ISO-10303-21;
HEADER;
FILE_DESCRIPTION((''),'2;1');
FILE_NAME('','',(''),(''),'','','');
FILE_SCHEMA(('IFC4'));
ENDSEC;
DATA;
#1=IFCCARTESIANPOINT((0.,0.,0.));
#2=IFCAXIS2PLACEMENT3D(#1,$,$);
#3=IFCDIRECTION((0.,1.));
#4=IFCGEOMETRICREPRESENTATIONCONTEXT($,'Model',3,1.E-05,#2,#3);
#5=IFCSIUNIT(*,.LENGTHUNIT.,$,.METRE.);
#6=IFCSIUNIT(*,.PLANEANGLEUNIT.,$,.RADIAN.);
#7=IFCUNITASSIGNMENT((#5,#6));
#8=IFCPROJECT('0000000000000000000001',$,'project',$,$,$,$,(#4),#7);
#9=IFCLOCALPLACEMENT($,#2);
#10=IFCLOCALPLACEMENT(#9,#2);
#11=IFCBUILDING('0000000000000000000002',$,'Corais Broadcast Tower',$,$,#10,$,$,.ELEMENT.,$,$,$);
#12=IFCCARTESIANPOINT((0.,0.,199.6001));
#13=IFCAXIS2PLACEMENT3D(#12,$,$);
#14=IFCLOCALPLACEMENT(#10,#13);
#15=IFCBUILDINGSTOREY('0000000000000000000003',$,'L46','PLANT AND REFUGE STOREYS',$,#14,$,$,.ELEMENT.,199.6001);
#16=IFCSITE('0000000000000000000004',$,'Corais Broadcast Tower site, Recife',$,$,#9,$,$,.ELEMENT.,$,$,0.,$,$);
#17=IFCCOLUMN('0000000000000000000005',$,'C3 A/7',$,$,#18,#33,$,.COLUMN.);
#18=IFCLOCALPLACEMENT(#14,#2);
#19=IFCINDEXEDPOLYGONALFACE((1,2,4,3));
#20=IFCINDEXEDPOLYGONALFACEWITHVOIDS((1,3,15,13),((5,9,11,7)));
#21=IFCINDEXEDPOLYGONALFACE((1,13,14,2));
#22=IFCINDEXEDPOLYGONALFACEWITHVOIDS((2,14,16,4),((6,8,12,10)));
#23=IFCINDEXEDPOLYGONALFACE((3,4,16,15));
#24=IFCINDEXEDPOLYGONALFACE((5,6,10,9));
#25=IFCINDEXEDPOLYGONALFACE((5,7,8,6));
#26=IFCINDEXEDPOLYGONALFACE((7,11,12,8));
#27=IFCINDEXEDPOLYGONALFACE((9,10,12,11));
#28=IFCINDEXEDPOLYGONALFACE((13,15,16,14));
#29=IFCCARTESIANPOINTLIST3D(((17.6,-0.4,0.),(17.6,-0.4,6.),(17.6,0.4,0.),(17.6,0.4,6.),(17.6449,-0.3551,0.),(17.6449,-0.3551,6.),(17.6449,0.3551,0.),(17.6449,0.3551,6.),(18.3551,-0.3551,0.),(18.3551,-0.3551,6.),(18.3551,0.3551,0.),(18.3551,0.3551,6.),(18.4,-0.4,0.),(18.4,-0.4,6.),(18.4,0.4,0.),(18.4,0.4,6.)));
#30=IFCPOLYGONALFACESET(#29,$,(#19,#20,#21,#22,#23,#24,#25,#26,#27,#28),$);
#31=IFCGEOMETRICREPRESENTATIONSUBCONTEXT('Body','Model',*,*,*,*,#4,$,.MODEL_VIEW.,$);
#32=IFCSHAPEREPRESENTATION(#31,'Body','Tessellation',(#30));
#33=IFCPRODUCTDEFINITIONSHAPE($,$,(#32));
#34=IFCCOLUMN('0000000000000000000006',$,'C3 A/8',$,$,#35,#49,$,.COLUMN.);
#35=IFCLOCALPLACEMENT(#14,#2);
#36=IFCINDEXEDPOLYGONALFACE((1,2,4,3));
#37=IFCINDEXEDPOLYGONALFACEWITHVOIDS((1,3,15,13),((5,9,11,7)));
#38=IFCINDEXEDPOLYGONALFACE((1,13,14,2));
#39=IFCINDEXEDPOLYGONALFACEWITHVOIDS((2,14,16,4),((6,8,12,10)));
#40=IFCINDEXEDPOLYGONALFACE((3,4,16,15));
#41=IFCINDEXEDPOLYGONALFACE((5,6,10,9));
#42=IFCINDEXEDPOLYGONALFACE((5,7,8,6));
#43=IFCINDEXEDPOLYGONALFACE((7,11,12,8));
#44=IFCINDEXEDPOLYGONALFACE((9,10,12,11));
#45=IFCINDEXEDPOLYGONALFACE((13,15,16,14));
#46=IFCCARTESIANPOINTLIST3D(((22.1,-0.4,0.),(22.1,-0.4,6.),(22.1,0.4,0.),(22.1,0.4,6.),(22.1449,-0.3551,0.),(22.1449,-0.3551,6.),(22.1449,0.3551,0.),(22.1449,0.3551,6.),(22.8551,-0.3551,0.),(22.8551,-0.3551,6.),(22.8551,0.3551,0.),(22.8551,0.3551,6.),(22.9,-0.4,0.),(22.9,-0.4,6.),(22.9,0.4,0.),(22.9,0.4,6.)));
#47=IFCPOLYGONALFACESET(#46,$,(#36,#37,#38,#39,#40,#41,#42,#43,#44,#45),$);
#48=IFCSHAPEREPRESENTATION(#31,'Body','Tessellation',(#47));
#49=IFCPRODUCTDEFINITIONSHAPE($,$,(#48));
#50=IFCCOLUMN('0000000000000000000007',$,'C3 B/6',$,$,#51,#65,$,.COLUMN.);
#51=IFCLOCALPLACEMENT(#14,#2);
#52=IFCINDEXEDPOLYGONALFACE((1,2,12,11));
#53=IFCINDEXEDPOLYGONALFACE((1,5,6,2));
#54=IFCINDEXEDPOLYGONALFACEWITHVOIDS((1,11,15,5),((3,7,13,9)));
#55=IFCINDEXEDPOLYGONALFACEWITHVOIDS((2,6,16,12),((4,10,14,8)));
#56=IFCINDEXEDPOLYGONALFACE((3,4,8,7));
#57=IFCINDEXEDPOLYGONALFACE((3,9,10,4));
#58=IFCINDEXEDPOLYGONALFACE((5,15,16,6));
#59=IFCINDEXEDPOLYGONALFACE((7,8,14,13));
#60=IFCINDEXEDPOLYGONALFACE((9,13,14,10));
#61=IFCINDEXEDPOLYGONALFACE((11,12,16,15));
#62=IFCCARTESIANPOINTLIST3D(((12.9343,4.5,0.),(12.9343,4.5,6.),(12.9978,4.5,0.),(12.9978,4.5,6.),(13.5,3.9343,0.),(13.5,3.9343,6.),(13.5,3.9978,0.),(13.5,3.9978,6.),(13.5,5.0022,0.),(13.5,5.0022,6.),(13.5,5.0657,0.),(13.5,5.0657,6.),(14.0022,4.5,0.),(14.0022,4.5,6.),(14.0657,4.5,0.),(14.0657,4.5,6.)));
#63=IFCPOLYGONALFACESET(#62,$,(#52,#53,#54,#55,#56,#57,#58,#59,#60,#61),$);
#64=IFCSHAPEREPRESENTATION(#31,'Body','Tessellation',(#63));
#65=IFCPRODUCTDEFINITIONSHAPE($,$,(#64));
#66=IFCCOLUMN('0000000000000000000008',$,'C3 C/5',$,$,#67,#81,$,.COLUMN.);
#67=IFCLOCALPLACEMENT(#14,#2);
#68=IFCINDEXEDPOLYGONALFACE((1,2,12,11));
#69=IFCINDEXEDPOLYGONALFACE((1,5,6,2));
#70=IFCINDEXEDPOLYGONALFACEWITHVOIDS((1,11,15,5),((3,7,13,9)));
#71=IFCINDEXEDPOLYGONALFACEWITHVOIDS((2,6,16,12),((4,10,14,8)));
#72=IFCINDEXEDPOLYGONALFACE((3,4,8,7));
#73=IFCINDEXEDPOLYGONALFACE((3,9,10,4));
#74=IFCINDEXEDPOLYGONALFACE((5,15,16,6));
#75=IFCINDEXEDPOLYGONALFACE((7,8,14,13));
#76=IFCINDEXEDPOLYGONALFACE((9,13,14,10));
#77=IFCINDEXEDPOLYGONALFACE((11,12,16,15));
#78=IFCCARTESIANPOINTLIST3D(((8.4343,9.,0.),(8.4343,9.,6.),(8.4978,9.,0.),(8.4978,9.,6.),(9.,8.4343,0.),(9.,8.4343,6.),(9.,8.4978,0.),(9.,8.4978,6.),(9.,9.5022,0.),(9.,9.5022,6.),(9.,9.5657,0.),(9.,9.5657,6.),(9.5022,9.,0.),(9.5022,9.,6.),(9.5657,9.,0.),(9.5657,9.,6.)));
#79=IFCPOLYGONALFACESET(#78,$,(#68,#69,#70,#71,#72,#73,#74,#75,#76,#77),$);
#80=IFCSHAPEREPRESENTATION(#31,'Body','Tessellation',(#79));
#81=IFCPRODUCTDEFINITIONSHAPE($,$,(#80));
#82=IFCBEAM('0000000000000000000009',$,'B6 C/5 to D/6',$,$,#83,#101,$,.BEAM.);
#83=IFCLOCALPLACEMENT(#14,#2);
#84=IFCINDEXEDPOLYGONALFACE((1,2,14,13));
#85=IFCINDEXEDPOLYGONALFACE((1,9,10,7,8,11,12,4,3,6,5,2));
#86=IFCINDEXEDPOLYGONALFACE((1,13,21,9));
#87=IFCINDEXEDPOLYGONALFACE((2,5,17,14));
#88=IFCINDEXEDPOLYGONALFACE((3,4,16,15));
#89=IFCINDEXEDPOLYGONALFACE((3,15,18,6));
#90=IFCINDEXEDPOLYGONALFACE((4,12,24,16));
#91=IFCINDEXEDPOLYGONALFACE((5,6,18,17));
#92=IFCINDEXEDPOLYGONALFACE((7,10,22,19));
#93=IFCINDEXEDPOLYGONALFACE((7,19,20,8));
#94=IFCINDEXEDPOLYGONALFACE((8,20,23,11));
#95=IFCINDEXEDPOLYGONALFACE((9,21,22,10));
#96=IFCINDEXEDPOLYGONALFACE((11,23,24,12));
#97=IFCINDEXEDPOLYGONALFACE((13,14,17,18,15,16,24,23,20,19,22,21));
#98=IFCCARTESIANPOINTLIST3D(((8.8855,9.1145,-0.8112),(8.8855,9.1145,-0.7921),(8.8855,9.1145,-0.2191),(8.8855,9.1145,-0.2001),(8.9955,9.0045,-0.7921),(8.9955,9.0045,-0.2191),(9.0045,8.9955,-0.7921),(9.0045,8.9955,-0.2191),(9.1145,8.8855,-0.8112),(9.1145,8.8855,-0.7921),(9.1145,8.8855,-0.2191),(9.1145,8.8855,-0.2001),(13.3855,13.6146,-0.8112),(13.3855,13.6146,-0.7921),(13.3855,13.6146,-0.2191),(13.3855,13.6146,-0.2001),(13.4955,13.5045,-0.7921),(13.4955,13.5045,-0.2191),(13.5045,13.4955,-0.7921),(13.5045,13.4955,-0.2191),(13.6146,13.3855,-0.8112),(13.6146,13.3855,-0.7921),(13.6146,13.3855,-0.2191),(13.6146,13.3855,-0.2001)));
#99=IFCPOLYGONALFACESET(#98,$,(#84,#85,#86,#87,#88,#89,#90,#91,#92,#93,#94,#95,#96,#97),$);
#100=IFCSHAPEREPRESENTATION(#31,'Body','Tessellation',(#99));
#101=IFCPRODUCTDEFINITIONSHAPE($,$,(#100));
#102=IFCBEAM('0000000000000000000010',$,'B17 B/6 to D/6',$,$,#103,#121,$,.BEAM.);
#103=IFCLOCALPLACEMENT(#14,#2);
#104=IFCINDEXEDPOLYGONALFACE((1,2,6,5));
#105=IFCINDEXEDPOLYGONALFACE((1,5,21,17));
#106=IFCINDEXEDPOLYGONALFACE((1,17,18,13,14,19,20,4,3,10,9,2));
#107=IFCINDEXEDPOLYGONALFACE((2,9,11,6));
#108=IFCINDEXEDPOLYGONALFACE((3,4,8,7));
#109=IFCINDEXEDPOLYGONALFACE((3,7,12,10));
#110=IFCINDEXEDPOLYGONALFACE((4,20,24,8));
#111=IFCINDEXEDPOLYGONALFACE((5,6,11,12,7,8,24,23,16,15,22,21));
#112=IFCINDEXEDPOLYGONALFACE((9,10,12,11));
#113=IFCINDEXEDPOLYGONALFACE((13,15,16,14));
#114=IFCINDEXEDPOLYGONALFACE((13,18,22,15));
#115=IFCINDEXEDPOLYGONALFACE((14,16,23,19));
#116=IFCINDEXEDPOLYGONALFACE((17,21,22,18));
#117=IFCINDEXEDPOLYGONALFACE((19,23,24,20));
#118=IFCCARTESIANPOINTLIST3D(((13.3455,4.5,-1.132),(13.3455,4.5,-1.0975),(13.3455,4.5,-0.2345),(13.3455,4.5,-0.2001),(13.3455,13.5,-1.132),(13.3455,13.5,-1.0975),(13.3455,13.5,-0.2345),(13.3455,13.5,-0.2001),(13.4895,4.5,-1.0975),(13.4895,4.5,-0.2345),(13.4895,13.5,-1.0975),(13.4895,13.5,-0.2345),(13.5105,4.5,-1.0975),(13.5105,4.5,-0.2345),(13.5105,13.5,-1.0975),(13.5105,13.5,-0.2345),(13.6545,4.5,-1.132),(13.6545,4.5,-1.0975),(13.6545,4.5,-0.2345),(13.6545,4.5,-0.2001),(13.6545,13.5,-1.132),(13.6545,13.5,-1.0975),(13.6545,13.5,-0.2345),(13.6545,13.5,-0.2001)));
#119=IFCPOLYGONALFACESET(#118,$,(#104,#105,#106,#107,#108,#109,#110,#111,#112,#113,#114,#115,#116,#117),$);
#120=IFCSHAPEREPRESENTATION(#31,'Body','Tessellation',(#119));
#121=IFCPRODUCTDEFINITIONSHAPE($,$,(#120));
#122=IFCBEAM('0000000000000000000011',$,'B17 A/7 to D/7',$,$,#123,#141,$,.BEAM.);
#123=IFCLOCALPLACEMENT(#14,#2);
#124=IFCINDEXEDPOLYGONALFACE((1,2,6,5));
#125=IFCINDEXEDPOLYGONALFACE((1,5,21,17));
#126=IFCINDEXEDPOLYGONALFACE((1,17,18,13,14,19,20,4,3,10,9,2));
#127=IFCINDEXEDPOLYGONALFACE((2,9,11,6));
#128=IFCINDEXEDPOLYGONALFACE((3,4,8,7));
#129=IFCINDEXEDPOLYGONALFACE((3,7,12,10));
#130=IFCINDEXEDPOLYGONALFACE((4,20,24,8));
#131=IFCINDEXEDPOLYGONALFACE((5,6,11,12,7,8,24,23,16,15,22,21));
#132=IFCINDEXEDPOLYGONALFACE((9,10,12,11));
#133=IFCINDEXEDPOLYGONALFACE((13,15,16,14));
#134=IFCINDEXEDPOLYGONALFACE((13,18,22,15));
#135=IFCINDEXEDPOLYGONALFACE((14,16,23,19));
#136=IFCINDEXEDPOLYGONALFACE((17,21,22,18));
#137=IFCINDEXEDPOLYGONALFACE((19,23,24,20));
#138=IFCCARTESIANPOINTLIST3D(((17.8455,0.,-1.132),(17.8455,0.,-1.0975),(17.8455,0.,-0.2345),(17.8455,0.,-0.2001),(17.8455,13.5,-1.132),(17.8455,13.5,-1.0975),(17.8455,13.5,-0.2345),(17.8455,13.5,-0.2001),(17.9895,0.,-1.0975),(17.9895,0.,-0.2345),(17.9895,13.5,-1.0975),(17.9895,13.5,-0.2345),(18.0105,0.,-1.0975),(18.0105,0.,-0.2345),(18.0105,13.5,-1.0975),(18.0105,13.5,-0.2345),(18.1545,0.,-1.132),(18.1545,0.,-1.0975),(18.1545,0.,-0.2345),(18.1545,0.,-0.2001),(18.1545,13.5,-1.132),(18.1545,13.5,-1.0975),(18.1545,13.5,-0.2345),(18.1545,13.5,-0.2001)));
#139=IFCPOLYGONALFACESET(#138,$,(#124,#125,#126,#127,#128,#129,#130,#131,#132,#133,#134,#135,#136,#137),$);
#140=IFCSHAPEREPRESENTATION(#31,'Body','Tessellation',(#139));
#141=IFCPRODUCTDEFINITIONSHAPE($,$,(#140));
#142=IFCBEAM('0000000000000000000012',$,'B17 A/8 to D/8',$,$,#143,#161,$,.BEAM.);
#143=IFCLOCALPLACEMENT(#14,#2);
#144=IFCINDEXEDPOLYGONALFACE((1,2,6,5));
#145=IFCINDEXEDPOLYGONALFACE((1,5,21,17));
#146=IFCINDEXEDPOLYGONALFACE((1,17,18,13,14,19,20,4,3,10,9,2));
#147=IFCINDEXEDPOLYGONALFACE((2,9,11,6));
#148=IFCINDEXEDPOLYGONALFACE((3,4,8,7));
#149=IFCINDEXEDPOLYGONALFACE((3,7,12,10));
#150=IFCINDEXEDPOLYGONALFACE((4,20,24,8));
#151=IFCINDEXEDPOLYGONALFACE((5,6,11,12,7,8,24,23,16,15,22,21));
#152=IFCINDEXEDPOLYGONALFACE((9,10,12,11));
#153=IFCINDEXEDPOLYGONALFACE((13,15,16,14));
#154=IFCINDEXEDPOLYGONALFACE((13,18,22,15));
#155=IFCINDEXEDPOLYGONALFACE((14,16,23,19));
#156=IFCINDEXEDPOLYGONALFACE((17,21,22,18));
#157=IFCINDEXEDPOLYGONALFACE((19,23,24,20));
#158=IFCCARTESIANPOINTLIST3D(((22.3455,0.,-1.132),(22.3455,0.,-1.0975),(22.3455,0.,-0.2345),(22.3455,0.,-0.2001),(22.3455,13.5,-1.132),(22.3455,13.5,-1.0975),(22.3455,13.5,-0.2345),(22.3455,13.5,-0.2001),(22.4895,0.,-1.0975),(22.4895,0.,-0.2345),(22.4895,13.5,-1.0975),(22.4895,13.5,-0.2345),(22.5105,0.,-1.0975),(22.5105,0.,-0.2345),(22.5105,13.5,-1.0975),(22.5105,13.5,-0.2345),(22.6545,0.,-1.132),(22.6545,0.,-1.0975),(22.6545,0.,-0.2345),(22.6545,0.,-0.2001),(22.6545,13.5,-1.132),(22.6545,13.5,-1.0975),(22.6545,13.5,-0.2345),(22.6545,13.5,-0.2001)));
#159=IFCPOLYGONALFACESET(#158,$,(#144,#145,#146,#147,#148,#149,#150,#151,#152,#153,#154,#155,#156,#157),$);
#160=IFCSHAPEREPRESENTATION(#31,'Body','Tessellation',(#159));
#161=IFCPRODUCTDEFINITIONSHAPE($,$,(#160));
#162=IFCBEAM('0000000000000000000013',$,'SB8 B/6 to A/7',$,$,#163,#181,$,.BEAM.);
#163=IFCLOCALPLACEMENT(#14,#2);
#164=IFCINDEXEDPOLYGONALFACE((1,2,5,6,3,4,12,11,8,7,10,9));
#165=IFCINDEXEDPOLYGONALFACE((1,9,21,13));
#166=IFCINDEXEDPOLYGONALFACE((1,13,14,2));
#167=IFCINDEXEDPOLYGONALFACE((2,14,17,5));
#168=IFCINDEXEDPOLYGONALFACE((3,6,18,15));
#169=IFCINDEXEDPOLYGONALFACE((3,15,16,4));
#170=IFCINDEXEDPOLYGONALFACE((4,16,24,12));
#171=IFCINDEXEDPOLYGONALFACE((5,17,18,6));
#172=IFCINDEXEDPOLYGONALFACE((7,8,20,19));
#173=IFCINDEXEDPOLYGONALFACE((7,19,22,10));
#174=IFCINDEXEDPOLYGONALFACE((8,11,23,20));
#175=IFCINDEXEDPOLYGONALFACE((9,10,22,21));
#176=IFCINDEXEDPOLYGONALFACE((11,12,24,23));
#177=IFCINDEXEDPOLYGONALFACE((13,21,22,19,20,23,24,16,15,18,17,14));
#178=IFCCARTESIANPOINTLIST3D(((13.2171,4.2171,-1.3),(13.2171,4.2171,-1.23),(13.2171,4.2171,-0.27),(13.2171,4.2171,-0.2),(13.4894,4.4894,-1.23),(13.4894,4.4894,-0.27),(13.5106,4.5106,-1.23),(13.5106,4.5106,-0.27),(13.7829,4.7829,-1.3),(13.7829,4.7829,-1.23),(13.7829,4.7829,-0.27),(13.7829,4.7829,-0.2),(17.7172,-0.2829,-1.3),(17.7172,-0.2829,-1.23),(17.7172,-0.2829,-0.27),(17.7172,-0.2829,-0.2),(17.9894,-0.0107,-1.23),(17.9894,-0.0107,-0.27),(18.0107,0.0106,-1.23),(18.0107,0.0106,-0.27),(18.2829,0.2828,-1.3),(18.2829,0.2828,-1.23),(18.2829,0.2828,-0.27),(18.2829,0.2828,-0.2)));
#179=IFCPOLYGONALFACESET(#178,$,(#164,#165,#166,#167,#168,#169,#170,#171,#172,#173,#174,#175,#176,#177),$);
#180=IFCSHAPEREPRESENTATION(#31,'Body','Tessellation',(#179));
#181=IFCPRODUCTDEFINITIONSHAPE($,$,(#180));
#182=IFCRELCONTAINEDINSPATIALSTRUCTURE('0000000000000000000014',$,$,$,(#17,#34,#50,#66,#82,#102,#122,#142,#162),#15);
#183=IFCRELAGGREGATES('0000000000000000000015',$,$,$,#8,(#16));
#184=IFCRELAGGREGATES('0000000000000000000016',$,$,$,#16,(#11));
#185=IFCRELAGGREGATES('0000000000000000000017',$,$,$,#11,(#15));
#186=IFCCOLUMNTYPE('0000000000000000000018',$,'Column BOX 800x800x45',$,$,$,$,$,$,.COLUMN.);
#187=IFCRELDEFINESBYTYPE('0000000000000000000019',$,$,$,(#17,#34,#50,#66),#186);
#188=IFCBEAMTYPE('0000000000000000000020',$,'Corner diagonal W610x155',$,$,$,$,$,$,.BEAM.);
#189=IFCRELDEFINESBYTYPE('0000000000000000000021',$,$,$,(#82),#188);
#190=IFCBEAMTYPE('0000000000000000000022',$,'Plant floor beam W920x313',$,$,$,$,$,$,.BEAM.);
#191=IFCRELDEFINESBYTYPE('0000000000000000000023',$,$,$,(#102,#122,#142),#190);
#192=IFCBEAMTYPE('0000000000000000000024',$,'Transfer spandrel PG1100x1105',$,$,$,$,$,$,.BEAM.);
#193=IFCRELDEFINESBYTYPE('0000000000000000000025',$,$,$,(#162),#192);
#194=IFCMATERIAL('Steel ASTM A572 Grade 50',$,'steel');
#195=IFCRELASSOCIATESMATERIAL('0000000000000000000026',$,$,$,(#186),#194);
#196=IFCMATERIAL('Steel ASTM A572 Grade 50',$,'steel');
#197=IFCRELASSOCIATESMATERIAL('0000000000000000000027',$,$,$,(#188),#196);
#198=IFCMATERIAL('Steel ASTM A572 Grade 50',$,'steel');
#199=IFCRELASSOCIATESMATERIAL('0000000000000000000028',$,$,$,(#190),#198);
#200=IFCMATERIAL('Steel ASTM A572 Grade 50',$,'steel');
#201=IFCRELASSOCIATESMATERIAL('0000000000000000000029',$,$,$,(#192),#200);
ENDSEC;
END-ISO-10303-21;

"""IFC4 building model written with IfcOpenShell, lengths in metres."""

from ifc_helpers import new_model, si_unit, direction, frame, origin, origin_2d, place, context, subcontext, project, spatial, hollow_rectangle, i_section, extrude, material, material_profile, profile_set, type_object, element, save


model = new_model("IFC4")

# Units and contexts
model_context = context("Model", 3, precision=1e-05, world=origin(), true_north=direction((0.0, 1.0)))
body_context = subcontext(model_context, "Body", "Model", "MODEL_VIEW")
ifc_project = project(units=[si_unit("LENGTHUNIT", "METRE"), si_unit("PLANEANGLEUNIT", "RADIAN")], contexts=[model_context])

# Site, building, storey
site_placement = place(None, origin())
site = spatial("IfcSite", under=ifc_project, at=site_placement, Name="Corais Broadcast Tower site, Recife", CompositionType="ELEMENT", RefElevation=0.0)
building_placement = place(site_placement, origin())
building = spatial("IfcBuilding", under=site, at=building_placement, Name="Corais Broadcast Tower", CompositionType="ELEMENT")
storey_placement = place(building_placement, frame((0.0, 0.0, 199.6001)))
storey = spatial("IfcBuildingStorey", under=building, at=storey_placement, Name="L46", Description="PLANT AND REFUGE STOREYS", CompositionType="ELEMENT", Elevation=199.6001)

# Columns
ifc_material_1 = material(Name="Steel ASTM A572 Grade 50", Category="steel")
ifc_material_profile_1 = material_profile(ifc_material_1, hollow_rectangle(XDim=0.8, YDim=0.8, WallThickness=0.0449, at=origin_2d()), Name="BOX 800x800x45")
ifc_profile_set_1 = profile_set([ifc_material_profile_1], Name="Steel ASTM A572 Grade 50")
column_type = type_object("IfcColumnType", Name="Column BOX 800x800x45", PredefinedType="COLUMN", material=ifc_profile_set_1)
for number, where, z_axis, x_axis, name in (
    (1, (18.0, 0.0, 0.0), (0.0, 0.0, 1.0), (1.0, 0.0, 0.0), "C3 A/7"),
    (2, (22.5, 0.0, 0.0), (0.0, 0.0, 1.0), (1.0, 0.0, 0.0), "C3 A/8"),
    (3, (13.5, 4.5, 0.0), (0.0, 0.0, 1.0), (0.707107, 0.707107, 0.0), "C3 B/6"),
    (4, (9.0, 9.0, 0.0), (0.0, 0.0, 1.0), (0.707107, 0.707107, 0.0), "C3 C/5"),
):
    element("IfcColumn", number, at=place(storey_placement, frame(where, z_axis=z_axis, x_axis=x_axis)), inside=storey, type_object=column_type, Name=name, PredefinedType="COLUMN", context=body_context, shape_type="SweptSolid", body=[
        extrude(hollow_rectangle(XDim=0.8, YDim=0.8, WallThickness=0.0449, at=origin_2d()), origin(), (0.0, 0.0, 1.0), 6.0),
    ])

# Beams
ifc_material_2 = material(Name="Steel ASTM A572 Grade 50", Category="steel")
ifc_material_profile_2 = material_profile(ifc_material_2, i_section(OverallWidth=0.324, OverallDepth=0.6111, WebThickness=0.0127, FlangeThickness=0.019, at=origin_2d()), Name="W610x155")
ifc_profile_set_2 = profile_set([ifc_material_profile_2], Name="Steel ASTM A572 Grade 50")
beam_type_1 = type_object("IfcBeamType", Name="Corner diagonal W610x155", PredefinedType="BEAM", material=ifc_profile_set_2)
beam_1_placement = place(storey_placement, frame((9.0, 9.0, -0.5056), z_axis=(0.707107, 0.707107, 0.0), x_axis=(-0.707107, 0.707107, 0.0)))
element("IfcBeam", 5, at=beam_1_placement, inside=storey, type_object=beam_type_1, Name="B6 C/5 to D/6", PredefinedType="BEAM", context=body_context, shape_type="SweptSolid", body=[
    extrude(i_section(OverallWidth=0.324, OverallDepth=0.6111, WebThickness=0.0127, FlangeThickness=0.019, at=origin_2d()), origin(), (0.0, 0.0, 1.0), 6.364),
])
ifc_material_3 = material(Name="Steel ASTM A572 Grade 50", Category="steel")
ifc_material_profile_3 = material_profile(ifc_material_3, i_section(OverallWidth=0.3091, OverallDepth=0.9319, WebThickness=0.021, FlangeThickness=0.0344, at=origin_2d()), Name="W920x313")
ifc_profile_set_3 = profile_set([ifc_material_profile_3], Name="Steel ASTM A572 Grade 50")
beam_type_2 = type_object("IfcBeamType", Name="Plant floor beam W920x313", PredefinedType="BEAM", material=ifc_profile_set_3)
beam_2_placement = place(storey_placement, frame((13.5, 4.5, -0.666), z_axis=(0.0, 1.0, 0.0), x_axis=(-1.0, 0.0, 0.0)))
element("IfcBeam", 6, at=beam_2_placement, inside=storey, type_object=beam_type_2, Name="B17 B/6 to D/6", PredefinedType="BEAM", context=body_context, shape_type="SweptSolid", body=[
    extrude(i_section(OverallWidth=0.3091, OverallDepth=0.9319, WebThickness=0.021, FlangeThickness=0.0344, at=origin_2d()), origin(), (0.0, 0.0, 1.0), 9.0),
])
for number, where, z_axis, x_axis, name in (
    (7, (18.0, 0.0, -0.666), (0.0, 1.0, 0.0), (-1.0, 0.0, 0.0), "B17 A/7 to D/7"),
    (8, (22.5, 0.0, -0.666), (0.0, 1.0, 0.0), (-1.0, 0.0, 0.0), "B17 A/8 to D/8"),
):
    element("IfcBeam", number, at=place(storey_placement, frame(where, z_axis=z_axis, x_axis=x_axis)), inside=storey, type_object=beam_type_2, Name=name, PredefinedType="BEAM", context=body_context, shape_type="SweptSolid", body=[
        extrude(i_section(OverallWidth=0.3091, OverallDepth=0.9319, WebThickness=0.021, FlangeThickness=0.0344, at=origin_2d()), origin(), (0.0, 0.0, 1.0), 13.5),
    ])
ifc_material_4 = material(Name="Steel ASTM A572 Grade 50", Category="steel")
ifc_material_profile_4 = material_profile(ifc_material_4, i_section(OverallWidth=0.8, OverallDepth=1.1001, WebThickness=0.03, FlangeThickness=0.0701, at=origin_2d()), Name="PG1100x1105")
ifc_profile_set_4 = profile_set([ifc_material_profile_4], Name="Steel ASTM A572 Grade 50")
beam_type_3 = type_object("IfcBeamType", Name="Transfer spandrel PG1100x1105", PredefinedType="BEAM", material=ifc_profile_set_4)
beam_3_placement = place(storey_placement, frame((13.5, 4.5, -0.75), z_axis=(0.707107, -0.707107, 0.0), x_axis=(0.707107, 0.707107, 0.0)))
element("IfcBeam", 9, at=beam_3_placement, inside=storey, type_object=beam_type_3, Name="SB8 B/6 to A/7", PredefinedType="BEAM", context=body_context, shape_type="SweptSolid", body=[
    extrude(i_section(OverallWidth=0.8, OverallDepth=1.1001, WebThickness=0.03, FlangeThickness=0.0701, at=origin_2d()), origin(), (0.0, 0.0, 1.0), 6.364),
])

save(model, "model.ifc")
